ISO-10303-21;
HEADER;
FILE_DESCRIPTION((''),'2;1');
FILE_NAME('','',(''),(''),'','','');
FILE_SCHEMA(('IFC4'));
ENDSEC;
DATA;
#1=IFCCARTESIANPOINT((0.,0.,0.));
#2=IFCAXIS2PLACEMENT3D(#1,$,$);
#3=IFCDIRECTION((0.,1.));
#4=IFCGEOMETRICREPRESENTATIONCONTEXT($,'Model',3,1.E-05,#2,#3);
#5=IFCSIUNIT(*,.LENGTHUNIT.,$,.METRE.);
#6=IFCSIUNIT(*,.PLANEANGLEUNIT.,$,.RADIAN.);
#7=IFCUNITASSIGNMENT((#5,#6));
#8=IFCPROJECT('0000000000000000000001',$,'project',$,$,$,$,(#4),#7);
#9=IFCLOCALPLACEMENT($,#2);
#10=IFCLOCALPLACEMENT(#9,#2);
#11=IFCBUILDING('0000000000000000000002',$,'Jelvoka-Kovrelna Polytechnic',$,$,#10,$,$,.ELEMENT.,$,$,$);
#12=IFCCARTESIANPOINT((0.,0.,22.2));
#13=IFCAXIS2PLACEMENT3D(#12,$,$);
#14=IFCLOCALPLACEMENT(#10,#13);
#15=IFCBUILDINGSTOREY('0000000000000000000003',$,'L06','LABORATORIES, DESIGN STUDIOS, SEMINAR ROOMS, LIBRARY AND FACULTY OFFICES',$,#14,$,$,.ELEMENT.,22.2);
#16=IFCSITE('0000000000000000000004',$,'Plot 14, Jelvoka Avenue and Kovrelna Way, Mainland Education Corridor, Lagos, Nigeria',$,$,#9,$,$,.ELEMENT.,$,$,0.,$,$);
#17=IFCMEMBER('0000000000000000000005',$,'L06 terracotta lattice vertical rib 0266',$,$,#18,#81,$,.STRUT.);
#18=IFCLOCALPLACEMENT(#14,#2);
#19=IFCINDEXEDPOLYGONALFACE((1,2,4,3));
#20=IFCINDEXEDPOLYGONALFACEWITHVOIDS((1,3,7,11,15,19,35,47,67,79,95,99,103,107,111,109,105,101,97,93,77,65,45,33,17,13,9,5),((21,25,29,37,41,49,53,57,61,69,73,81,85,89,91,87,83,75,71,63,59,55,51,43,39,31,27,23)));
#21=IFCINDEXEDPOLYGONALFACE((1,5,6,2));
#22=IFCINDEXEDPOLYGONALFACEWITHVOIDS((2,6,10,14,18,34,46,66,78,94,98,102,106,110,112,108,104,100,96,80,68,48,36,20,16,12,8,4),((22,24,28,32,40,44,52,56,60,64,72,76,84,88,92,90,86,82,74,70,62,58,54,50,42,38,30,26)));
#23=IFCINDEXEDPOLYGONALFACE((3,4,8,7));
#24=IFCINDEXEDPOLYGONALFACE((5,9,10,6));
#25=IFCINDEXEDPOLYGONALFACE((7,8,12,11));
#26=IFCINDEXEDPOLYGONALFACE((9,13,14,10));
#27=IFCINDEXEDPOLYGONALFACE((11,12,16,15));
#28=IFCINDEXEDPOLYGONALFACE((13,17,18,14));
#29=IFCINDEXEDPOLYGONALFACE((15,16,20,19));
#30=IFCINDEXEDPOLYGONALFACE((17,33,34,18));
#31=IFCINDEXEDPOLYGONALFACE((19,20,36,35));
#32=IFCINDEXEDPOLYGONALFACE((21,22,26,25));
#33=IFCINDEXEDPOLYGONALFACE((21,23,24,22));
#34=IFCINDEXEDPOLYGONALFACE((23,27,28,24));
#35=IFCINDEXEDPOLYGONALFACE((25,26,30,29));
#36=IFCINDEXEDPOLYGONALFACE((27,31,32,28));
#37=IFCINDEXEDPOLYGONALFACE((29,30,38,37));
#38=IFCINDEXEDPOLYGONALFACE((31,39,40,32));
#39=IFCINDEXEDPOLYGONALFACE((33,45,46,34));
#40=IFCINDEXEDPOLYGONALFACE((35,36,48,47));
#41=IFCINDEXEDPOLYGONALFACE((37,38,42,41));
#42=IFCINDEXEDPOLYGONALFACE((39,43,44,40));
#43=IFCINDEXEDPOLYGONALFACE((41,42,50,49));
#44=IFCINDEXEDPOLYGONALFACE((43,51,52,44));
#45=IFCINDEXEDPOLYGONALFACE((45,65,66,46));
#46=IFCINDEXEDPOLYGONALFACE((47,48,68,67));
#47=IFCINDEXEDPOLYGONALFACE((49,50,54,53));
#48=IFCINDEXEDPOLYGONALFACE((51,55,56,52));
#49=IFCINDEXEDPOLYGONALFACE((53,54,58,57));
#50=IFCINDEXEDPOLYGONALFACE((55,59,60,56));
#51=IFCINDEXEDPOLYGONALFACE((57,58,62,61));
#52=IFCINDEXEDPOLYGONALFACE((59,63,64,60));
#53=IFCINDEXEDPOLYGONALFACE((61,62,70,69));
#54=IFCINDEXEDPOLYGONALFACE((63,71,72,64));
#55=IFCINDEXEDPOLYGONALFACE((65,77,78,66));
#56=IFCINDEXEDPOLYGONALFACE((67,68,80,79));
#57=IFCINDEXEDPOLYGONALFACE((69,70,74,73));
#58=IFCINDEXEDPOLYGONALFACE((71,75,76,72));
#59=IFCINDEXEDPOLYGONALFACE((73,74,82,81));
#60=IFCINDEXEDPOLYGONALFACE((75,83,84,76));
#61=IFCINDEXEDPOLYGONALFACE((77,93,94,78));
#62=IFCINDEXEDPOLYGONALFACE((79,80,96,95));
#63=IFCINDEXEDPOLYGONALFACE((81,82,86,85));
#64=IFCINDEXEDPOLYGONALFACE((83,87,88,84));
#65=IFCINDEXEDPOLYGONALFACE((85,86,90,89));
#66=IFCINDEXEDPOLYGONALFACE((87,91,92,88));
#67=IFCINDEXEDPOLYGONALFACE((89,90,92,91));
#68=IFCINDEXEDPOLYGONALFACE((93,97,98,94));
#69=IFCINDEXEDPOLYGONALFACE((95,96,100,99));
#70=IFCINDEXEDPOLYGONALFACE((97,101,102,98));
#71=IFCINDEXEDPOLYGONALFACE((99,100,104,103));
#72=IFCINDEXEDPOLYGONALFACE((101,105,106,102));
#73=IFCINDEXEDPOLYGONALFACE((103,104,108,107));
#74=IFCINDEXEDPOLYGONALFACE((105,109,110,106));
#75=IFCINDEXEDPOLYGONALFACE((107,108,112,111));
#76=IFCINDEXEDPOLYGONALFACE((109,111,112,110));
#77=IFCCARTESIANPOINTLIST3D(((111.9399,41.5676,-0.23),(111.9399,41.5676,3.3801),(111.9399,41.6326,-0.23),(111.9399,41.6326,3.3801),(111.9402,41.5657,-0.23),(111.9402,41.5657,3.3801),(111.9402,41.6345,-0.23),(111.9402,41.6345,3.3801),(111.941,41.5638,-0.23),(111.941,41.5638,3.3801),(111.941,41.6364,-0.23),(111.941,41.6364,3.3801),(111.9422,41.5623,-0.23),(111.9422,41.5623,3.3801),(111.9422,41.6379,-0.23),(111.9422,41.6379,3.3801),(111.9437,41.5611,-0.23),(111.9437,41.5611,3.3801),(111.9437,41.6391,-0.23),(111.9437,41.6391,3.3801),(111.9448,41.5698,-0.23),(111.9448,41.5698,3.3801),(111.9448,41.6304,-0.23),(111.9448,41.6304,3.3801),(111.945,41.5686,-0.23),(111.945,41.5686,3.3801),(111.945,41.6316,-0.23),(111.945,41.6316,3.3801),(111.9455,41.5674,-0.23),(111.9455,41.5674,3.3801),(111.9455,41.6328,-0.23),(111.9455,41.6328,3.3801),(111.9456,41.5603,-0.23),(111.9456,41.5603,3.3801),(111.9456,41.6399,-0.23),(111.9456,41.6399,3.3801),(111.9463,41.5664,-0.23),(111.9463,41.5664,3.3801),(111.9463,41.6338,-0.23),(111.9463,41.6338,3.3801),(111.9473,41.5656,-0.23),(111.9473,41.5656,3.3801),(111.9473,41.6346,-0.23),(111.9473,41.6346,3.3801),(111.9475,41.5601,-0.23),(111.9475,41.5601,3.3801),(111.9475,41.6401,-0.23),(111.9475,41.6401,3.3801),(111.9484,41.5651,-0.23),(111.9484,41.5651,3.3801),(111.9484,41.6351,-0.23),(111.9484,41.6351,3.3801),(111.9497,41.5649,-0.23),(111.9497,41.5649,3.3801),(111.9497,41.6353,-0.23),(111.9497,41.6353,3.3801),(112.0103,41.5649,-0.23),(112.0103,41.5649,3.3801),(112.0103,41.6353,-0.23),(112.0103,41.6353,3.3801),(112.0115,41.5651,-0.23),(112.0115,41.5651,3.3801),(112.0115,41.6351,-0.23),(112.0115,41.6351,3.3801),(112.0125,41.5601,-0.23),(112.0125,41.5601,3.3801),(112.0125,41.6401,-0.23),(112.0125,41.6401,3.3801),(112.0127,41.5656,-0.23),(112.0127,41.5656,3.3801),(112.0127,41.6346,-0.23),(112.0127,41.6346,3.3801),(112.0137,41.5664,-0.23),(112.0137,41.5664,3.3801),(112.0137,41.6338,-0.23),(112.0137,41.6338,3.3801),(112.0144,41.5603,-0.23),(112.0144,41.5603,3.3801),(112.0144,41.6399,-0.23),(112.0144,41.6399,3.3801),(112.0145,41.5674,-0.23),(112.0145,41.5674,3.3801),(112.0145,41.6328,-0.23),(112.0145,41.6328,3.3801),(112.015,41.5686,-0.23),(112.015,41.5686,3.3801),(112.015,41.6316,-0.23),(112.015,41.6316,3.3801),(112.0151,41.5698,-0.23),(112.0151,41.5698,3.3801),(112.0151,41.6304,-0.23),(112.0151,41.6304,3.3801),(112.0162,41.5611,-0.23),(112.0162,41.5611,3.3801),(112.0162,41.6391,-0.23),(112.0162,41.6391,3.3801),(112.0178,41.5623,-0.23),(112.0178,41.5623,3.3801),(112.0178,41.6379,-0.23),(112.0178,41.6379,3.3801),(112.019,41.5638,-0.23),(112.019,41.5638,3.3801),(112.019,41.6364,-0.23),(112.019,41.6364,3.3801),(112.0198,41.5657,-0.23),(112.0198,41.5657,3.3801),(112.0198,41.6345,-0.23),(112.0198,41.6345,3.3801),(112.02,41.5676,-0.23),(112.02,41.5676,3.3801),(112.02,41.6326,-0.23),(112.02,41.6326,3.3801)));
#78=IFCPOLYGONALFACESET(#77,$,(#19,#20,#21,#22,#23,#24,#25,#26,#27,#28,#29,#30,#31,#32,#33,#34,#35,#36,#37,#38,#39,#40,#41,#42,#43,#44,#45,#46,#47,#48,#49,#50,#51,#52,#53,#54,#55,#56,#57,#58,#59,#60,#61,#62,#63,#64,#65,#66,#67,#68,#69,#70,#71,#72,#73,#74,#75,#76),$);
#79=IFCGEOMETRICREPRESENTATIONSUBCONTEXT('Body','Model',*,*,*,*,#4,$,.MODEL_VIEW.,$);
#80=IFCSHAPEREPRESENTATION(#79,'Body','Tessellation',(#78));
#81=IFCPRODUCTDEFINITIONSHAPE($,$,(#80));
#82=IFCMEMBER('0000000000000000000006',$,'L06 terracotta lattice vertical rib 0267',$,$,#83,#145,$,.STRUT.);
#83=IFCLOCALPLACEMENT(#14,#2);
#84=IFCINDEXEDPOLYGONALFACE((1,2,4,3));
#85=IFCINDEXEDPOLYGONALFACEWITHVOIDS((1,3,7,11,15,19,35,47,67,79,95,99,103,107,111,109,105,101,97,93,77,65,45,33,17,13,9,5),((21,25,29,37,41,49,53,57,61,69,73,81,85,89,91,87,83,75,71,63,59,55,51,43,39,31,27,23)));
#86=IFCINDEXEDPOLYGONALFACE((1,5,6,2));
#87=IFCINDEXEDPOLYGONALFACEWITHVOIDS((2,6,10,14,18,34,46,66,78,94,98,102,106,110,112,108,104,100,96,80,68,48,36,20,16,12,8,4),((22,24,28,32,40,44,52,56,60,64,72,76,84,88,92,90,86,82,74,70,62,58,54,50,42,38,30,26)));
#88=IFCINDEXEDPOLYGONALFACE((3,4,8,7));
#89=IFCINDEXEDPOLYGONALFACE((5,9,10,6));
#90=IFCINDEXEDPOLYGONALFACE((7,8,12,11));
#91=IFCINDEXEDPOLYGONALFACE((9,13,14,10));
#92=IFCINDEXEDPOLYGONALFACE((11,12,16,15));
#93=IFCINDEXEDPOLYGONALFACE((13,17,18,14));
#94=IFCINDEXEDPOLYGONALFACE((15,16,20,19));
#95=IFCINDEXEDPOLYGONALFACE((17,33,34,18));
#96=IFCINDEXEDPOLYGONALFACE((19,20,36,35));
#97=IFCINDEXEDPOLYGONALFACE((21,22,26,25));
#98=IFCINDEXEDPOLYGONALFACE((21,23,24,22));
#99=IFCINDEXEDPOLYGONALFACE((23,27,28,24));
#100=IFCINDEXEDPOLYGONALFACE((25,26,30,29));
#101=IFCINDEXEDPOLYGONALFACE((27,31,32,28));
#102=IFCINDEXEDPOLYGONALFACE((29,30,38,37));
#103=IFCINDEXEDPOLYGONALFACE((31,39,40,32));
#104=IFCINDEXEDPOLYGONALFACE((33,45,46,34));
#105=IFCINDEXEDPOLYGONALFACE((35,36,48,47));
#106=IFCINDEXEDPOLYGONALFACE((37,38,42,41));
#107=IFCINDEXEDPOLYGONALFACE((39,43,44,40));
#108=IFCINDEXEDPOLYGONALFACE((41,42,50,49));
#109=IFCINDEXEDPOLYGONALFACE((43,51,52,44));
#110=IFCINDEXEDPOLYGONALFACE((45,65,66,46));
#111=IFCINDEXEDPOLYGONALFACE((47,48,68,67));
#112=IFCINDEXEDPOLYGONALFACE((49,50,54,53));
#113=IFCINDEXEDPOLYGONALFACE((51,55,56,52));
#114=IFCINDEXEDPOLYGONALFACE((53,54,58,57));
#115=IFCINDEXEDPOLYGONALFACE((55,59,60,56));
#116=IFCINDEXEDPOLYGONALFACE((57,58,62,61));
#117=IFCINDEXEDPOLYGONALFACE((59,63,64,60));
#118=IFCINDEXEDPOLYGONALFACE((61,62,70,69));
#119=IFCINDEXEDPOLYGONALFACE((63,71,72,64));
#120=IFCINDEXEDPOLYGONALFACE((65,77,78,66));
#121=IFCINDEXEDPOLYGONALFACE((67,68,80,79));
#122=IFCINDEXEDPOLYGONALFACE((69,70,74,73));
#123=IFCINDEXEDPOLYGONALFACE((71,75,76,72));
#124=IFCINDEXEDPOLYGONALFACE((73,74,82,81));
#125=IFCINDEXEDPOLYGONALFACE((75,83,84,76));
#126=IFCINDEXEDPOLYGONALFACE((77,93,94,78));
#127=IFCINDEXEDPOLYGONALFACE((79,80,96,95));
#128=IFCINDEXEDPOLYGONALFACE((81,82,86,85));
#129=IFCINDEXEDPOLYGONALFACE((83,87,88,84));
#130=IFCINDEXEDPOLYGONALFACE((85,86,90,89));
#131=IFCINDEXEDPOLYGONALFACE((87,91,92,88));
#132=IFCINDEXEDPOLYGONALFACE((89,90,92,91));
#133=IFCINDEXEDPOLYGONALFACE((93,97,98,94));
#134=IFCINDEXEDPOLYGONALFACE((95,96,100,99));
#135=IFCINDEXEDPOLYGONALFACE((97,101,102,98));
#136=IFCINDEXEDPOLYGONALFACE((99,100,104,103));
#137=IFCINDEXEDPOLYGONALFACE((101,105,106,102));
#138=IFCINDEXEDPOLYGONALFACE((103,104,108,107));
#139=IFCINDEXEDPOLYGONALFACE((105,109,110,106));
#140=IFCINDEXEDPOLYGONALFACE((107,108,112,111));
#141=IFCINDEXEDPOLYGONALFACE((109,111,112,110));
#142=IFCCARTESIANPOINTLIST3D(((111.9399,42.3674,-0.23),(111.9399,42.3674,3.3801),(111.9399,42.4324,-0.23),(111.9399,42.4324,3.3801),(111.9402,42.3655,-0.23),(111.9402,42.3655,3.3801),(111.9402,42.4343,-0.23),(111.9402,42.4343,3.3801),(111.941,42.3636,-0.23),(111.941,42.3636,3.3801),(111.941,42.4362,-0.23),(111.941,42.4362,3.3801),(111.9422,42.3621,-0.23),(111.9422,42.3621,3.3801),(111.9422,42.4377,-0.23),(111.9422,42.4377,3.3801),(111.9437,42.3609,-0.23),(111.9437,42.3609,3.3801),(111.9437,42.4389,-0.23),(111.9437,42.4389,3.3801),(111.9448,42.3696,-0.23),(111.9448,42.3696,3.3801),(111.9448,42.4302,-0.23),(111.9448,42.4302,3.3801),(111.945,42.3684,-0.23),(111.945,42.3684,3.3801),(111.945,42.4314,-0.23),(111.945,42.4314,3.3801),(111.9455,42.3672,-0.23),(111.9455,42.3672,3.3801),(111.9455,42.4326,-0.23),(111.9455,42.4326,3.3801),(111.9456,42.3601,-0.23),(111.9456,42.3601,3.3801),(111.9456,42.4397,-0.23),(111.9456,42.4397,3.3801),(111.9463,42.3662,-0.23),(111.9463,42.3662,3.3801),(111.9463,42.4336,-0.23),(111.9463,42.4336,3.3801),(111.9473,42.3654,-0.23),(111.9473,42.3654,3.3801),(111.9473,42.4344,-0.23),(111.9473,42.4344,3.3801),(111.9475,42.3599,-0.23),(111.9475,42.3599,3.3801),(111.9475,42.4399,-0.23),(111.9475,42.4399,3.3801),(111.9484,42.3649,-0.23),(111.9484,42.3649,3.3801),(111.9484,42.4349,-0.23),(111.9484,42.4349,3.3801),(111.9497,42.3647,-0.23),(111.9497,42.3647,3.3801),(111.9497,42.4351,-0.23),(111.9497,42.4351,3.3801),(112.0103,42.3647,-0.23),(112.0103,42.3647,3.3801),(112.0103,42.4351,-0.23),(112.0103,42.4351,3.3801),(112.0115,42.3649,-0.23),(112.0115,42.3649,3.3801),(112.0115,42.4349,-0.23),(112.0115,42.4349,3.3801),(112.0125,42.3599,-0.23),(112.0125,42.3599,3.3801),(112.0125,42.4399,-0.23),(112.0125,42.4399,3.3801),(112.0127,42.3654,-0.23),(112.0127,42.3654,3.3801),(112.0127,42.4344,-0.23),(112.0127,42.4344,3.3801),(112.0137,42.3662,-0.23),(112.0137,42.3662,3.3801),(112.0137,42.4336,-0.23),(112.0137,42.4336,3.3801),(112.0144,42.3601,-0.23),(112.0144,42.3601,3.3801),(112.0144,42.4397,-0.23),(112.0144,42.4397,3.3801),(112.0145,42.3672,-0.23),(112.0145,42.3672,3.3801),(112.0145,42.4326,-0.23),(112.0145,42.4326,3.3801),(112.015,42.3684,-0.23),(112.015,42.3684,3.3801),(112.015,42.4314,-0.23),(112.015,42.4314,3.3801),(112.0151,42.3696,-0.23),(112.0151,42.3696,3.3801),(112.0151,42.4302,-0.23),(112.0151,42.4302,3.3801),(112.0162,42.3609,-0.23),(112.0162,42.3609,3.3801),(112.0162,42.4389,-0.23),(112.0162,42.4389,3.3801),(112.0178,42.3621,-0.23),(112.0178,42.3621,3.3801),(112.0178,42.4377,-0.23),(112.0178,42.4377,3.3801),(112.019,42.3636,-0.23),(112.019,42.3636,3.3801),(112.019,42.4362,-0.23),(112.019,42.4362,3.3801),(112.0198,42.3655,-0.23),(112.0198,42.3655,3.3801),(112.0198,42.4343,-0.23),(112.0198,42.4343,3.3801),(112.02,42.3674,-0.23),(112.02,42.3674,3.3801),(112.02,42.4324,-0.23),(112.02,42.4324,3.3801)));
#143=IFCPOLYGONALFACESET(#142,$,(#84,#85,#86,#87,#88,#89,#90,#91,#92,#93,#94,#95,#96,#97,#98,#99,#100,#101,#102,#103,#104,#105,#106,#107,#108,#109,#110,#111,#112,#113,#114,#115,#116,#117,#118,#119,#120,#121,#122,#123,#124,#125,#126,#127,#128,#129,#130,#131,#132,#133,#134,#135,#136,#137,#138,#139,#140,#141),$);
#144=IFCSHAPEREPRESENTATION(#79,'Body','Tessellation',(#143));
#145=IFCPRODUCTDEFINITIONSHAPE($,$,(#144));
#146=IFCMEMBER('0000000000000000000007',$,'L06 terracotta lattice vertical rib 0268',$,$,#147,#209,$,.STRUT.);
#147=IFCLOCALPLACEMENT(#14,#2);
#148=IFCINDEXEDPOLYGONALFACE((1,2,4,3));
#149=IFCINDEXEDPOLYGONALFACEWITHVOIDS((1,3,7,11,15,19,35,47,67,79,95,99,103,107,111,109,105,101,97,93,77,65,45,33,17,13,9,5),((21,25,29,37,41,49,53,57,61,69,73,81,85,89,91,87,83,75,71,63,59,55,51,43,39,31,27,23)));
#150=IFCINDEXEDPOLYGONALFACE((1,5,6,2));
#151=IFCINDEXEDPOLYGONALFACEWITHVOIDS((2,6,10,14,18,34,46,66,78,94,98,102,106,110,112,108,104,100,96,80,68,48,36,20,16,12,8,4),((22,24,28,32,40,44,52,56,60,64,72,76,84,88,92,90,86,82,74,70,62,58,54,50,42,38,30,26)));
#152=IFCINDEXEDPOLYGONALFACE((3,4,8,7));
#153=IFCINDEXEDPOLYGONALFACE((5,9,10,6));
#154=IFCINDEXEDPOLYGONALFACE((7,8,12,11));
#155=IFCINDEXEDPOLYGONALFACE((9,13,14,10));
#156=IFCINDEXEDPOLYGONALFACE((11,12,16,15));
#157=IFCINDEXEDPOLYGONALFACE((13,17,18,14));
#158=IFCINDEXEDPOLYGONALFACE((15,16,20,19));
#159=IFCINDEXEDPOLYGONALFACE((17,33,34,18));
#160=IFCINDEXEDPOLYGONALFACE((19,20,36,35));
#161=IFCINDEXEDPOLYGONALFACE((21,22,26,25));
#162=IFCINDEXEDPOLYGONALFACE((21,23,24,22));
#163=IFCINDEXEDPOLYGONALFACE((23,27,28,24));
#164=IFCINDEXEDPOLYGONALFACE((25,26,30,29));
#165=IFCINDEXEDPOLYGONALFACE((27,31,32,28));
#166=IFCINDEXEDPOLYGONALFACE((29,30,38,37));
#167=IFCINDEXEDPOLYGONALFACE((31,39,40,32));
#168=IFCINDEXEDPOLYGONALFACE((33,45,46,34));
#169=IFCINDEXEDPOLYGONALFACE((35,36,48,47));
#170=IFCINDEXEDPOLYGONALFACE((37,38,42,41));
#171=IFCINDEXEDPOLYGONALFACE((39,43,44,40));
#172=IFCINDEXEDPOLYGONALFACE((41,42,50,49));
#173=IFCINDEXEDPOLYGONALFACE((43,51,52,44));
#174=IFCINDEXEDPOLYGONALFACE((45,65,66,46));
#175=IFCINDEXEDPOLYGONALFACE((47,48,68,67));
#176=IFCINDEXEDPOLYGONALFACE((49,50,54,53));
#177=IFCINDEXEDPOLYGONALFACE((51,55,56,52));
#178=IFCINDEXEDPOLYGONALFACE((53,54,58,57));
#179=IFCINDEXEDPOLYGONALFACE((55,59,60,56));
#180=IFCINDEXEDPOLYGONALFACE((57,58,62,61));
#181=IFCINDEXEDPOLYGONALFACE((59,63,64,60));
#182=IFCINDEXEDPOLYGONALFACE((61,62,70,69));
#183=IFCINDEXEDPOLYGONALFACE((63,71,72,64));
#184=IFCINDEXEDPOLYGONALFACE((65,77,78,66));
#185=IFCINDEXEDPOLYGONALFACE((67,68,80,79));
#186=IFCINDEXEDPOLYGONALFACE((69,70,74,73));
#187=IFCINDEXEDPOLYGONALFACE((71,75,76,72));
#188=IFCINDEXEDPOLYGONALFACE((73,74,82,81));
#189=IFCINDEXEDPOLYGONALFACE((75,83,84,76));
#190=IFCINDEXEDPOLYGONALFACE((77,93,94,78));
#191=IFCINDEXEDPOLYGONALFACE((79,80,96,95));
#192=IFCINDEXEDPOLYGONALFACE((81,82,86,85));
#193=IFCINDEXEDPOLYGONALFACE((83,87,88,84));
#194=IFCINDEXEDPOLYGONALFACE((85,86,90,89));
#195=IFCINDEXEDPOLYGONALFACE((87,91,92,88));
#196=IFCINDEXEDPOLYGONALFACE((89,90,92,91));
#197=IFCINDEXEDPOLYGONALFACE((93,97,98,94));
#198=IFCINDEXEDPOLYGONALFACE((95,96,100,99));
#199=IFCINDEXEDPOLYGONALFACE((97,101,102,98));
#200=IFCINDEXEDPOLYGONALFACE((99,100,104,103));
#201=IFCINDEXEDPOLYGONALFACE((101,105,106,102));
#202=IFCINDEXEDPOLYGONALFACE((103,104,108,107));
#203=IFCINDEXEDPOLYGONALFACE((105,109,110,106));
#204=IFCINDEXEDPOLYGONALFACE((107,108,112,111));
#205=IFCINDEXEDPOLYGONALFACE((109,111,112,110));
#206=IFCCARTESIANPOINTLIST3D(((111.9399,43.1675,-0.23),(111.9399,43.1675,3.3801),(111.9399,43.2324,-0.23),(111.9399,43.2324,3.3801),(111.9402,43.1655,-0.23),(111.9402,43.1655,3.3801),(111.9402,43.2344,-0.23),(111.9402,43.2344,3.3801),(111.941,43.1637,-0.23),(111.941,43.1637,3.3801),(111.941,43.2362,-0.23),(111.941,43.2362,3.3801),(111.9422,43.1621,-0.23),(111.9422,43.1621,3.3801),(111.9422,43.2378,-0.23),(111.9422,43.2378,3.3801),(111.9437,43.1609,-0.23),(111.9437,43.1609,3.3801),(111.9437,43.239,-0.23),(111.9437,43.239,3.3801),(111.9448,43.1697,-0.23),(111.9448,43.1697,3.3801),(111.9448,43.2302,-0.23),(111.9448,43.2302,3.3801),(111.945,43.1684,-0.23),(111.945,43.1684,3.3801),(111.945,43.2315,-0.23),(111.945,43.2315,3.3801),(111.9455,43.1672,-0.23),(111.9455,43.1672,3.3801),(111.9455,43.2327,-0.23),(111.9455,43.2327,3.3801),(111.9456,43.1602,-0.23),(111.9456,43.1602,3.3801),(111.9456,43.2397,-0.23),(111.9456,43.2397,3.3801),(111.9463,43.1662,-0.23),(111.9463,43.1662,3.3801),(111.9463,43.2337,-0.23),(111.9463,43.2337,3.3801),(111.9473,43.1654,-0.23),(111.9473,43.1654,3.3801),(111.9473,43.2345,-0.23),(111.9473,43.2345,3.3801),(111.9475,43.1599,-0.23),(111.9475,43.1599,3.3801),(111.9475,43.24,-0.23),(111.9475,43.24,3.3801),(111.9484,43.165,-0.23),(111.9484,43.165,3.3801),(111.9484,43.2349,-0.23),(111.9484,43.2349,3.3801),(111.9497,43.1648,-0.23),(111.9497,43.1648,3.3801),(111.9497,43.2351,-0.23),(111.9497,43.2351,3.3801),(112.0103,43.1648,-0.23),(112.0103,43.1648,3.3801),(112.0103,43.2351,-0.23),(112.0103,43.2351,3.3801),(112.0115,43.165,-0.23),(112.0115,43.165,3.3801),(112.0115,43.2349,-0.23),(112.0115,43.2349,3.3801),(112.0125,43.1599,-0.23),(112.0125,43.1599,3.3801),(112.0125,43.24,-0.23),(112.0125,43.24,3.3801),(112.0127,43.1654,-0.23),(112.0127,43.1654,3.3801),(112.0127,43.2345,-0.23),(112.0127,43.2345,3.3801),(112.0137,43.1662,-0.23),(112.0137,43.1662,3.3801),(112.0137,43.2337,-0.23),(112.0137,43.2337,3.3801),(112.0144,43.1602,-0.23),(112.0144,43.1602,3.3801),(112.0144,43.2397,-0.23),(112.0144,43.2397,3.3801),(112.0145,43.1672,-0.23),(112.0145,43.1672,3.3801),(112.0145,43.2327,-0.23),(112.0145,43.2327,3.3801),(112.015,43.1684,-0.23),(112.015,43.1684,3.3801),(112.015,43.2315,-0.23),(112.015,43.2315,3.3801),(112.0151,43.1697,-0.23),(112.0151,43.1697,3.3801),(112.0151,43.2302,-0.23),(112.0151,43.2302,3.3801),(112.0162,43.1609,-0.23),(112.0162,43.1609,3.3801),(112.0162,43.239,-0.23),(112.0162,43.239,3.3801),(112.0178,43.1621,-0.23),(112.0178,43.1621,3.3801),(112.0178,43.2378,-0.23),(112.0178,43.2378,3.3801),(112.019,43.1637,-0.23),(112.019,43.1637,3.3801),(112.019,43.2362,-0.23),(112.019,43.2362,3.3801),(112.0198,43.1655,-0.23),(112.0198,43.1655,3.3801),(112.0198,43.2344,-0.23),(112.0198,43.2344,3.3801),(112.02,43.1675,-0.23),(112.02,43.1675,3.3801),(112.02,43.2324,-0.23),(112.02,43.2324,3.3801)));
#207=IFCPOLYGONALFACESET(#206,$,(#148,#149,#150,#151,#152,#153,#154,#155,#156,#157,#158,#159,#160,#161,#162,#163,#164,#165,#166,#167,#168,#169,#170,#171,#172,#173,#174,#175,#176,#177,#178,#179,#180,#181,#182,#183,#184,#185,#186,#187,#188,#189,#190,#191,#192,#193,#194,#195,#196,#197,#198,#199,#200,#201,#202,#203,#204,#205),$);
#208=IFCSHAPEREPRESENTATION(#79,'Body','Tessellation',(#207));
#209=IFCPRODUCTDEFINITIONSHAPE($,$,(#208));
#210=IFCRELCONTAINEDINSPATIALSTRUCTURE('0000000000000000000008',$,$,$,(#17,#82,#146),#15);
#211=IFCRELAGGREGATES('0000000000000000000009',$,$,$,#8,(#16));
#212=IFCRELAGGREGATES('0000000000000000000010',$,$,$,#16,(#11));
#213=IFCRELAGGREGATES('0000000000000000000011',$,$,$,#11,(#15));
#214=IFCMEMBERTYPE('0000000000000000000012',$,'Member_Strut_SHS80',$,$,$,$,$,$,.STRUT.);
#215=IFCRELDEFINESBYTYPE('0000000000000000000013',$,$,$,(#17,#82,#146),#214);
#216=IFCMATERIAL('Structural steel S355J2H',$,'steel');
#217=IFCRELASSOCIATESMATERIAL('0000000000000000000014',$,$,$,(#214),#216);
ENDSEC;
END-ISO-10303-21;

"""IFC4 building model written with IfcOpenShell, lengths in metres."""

from ifc_helpers import new_model, si_unit, direction, frame, origin, origin_2d, place, context, subcontext, project, spatial, hollow_rectangle, extrude, material, material_profile, profile_set, type_object, element, save


model = new_model("IFC4")

# Units and contexts
model_context = context("Model", 3, precision=1e-05, world=origin(), true_north=direction((0.0, 1.0)))
body_context = subcontext(model_context, "Body", "Model", "MODEL_VIEW")
ifc_project = project(units=[si_unit("LENGTHUNIT", "METRE"), si_unit("PLANEANGLEUNIT", "RADIAN")], contexts=[model_context])

# Site, building, storey
site_placement = place(None, origin())
site = spatial("IfcSite", under=ifc_project, at=site_placement, Name="Plot 14, Jelvoka Avenue and Kovrelna Way, Mainland Education Corridor, Lagos, Nigeria", CompositionType="ELEMENT", RefElevation=0.0)
building_placement = place(site_placement, origin())
building = spatial("IfcBuilding", under=site, at=building_placement, Name="Jelvoka-Kovrelna Polytechnic", CompositionType="ELEMENT")
storey_placement = place(building_placement, frame((0.0, 0.0, 22.2)))
storey = spatial("IfcBuildingStorey", under=building, at=storey_placement, Name="L06", Description="LABORATORIES, DESIGN STUDIOS, SEMINAR ROOMS, LIBRARY AND FACULTY OFFICES", CompositionType="ELEMENT", Elevation=22.2)

# Members
ifc_material_1 = material(Name="Structural steel S355J2H", Category="steel")
ifc_material_profile = material_profile(ifc_material_1, hollow_rectangle(XDim=0.0801, YDim=0.0801, WallThickness=0.0049, InnerFilletRadius=0.0049, OuterFilletRadius=0.0076, at=origin_2d()), Name="80x80x5.0 SHS")
ifc_profile_set = profile_set([ifc_material_profile], Name="Structural steel S355J2H")
member_type = type_object("IfcMemberType", Name="Member_Strut_SHS80", PredefinedType="STRUT", material=ifc_profile_set)
for number, where, z_axis, x_axis, name in (
    (1, (111.98, 41.6001, -0.23), (0.0, 0.0, 1.0), (1.0, 0.0, 0.0), "L06 terracotta lattice vertical rib 0266"),
    (2, (111.98, 42.3999, -0.23), (0.0, 0.0, 1.0), (1.0, 0.0, 0.0), "L06 terracotta lattice vertical rib 0267"),
    (3, (111.98, 43.2, -0.23), (0.0, 0.0, 1.0), (1.0, 0.0, 0.0), "L06 terracotta lattice vertical rib 0268"),
):
    element("IfcMember", number, at=place(storey_placement, frame(where, z_axis=z_axis, x_axis=x_axis)), inside=storey, type_object=member_type, Name=name, PredefinedType="STRUT", context=body_context, shape_type="SweptSolid", body=[
        extrude(hollow_rectangle(XDim=0.0801, YDim=0.0801, WallThickness=0.0049, InnerFilletRadius=0.0049, OuterFilletRadius=0.0076, at=origin_2d()), origin(), (0.0, 0.0, 1.0), 3.6101),
    ])

save(model, "model.ifc")
